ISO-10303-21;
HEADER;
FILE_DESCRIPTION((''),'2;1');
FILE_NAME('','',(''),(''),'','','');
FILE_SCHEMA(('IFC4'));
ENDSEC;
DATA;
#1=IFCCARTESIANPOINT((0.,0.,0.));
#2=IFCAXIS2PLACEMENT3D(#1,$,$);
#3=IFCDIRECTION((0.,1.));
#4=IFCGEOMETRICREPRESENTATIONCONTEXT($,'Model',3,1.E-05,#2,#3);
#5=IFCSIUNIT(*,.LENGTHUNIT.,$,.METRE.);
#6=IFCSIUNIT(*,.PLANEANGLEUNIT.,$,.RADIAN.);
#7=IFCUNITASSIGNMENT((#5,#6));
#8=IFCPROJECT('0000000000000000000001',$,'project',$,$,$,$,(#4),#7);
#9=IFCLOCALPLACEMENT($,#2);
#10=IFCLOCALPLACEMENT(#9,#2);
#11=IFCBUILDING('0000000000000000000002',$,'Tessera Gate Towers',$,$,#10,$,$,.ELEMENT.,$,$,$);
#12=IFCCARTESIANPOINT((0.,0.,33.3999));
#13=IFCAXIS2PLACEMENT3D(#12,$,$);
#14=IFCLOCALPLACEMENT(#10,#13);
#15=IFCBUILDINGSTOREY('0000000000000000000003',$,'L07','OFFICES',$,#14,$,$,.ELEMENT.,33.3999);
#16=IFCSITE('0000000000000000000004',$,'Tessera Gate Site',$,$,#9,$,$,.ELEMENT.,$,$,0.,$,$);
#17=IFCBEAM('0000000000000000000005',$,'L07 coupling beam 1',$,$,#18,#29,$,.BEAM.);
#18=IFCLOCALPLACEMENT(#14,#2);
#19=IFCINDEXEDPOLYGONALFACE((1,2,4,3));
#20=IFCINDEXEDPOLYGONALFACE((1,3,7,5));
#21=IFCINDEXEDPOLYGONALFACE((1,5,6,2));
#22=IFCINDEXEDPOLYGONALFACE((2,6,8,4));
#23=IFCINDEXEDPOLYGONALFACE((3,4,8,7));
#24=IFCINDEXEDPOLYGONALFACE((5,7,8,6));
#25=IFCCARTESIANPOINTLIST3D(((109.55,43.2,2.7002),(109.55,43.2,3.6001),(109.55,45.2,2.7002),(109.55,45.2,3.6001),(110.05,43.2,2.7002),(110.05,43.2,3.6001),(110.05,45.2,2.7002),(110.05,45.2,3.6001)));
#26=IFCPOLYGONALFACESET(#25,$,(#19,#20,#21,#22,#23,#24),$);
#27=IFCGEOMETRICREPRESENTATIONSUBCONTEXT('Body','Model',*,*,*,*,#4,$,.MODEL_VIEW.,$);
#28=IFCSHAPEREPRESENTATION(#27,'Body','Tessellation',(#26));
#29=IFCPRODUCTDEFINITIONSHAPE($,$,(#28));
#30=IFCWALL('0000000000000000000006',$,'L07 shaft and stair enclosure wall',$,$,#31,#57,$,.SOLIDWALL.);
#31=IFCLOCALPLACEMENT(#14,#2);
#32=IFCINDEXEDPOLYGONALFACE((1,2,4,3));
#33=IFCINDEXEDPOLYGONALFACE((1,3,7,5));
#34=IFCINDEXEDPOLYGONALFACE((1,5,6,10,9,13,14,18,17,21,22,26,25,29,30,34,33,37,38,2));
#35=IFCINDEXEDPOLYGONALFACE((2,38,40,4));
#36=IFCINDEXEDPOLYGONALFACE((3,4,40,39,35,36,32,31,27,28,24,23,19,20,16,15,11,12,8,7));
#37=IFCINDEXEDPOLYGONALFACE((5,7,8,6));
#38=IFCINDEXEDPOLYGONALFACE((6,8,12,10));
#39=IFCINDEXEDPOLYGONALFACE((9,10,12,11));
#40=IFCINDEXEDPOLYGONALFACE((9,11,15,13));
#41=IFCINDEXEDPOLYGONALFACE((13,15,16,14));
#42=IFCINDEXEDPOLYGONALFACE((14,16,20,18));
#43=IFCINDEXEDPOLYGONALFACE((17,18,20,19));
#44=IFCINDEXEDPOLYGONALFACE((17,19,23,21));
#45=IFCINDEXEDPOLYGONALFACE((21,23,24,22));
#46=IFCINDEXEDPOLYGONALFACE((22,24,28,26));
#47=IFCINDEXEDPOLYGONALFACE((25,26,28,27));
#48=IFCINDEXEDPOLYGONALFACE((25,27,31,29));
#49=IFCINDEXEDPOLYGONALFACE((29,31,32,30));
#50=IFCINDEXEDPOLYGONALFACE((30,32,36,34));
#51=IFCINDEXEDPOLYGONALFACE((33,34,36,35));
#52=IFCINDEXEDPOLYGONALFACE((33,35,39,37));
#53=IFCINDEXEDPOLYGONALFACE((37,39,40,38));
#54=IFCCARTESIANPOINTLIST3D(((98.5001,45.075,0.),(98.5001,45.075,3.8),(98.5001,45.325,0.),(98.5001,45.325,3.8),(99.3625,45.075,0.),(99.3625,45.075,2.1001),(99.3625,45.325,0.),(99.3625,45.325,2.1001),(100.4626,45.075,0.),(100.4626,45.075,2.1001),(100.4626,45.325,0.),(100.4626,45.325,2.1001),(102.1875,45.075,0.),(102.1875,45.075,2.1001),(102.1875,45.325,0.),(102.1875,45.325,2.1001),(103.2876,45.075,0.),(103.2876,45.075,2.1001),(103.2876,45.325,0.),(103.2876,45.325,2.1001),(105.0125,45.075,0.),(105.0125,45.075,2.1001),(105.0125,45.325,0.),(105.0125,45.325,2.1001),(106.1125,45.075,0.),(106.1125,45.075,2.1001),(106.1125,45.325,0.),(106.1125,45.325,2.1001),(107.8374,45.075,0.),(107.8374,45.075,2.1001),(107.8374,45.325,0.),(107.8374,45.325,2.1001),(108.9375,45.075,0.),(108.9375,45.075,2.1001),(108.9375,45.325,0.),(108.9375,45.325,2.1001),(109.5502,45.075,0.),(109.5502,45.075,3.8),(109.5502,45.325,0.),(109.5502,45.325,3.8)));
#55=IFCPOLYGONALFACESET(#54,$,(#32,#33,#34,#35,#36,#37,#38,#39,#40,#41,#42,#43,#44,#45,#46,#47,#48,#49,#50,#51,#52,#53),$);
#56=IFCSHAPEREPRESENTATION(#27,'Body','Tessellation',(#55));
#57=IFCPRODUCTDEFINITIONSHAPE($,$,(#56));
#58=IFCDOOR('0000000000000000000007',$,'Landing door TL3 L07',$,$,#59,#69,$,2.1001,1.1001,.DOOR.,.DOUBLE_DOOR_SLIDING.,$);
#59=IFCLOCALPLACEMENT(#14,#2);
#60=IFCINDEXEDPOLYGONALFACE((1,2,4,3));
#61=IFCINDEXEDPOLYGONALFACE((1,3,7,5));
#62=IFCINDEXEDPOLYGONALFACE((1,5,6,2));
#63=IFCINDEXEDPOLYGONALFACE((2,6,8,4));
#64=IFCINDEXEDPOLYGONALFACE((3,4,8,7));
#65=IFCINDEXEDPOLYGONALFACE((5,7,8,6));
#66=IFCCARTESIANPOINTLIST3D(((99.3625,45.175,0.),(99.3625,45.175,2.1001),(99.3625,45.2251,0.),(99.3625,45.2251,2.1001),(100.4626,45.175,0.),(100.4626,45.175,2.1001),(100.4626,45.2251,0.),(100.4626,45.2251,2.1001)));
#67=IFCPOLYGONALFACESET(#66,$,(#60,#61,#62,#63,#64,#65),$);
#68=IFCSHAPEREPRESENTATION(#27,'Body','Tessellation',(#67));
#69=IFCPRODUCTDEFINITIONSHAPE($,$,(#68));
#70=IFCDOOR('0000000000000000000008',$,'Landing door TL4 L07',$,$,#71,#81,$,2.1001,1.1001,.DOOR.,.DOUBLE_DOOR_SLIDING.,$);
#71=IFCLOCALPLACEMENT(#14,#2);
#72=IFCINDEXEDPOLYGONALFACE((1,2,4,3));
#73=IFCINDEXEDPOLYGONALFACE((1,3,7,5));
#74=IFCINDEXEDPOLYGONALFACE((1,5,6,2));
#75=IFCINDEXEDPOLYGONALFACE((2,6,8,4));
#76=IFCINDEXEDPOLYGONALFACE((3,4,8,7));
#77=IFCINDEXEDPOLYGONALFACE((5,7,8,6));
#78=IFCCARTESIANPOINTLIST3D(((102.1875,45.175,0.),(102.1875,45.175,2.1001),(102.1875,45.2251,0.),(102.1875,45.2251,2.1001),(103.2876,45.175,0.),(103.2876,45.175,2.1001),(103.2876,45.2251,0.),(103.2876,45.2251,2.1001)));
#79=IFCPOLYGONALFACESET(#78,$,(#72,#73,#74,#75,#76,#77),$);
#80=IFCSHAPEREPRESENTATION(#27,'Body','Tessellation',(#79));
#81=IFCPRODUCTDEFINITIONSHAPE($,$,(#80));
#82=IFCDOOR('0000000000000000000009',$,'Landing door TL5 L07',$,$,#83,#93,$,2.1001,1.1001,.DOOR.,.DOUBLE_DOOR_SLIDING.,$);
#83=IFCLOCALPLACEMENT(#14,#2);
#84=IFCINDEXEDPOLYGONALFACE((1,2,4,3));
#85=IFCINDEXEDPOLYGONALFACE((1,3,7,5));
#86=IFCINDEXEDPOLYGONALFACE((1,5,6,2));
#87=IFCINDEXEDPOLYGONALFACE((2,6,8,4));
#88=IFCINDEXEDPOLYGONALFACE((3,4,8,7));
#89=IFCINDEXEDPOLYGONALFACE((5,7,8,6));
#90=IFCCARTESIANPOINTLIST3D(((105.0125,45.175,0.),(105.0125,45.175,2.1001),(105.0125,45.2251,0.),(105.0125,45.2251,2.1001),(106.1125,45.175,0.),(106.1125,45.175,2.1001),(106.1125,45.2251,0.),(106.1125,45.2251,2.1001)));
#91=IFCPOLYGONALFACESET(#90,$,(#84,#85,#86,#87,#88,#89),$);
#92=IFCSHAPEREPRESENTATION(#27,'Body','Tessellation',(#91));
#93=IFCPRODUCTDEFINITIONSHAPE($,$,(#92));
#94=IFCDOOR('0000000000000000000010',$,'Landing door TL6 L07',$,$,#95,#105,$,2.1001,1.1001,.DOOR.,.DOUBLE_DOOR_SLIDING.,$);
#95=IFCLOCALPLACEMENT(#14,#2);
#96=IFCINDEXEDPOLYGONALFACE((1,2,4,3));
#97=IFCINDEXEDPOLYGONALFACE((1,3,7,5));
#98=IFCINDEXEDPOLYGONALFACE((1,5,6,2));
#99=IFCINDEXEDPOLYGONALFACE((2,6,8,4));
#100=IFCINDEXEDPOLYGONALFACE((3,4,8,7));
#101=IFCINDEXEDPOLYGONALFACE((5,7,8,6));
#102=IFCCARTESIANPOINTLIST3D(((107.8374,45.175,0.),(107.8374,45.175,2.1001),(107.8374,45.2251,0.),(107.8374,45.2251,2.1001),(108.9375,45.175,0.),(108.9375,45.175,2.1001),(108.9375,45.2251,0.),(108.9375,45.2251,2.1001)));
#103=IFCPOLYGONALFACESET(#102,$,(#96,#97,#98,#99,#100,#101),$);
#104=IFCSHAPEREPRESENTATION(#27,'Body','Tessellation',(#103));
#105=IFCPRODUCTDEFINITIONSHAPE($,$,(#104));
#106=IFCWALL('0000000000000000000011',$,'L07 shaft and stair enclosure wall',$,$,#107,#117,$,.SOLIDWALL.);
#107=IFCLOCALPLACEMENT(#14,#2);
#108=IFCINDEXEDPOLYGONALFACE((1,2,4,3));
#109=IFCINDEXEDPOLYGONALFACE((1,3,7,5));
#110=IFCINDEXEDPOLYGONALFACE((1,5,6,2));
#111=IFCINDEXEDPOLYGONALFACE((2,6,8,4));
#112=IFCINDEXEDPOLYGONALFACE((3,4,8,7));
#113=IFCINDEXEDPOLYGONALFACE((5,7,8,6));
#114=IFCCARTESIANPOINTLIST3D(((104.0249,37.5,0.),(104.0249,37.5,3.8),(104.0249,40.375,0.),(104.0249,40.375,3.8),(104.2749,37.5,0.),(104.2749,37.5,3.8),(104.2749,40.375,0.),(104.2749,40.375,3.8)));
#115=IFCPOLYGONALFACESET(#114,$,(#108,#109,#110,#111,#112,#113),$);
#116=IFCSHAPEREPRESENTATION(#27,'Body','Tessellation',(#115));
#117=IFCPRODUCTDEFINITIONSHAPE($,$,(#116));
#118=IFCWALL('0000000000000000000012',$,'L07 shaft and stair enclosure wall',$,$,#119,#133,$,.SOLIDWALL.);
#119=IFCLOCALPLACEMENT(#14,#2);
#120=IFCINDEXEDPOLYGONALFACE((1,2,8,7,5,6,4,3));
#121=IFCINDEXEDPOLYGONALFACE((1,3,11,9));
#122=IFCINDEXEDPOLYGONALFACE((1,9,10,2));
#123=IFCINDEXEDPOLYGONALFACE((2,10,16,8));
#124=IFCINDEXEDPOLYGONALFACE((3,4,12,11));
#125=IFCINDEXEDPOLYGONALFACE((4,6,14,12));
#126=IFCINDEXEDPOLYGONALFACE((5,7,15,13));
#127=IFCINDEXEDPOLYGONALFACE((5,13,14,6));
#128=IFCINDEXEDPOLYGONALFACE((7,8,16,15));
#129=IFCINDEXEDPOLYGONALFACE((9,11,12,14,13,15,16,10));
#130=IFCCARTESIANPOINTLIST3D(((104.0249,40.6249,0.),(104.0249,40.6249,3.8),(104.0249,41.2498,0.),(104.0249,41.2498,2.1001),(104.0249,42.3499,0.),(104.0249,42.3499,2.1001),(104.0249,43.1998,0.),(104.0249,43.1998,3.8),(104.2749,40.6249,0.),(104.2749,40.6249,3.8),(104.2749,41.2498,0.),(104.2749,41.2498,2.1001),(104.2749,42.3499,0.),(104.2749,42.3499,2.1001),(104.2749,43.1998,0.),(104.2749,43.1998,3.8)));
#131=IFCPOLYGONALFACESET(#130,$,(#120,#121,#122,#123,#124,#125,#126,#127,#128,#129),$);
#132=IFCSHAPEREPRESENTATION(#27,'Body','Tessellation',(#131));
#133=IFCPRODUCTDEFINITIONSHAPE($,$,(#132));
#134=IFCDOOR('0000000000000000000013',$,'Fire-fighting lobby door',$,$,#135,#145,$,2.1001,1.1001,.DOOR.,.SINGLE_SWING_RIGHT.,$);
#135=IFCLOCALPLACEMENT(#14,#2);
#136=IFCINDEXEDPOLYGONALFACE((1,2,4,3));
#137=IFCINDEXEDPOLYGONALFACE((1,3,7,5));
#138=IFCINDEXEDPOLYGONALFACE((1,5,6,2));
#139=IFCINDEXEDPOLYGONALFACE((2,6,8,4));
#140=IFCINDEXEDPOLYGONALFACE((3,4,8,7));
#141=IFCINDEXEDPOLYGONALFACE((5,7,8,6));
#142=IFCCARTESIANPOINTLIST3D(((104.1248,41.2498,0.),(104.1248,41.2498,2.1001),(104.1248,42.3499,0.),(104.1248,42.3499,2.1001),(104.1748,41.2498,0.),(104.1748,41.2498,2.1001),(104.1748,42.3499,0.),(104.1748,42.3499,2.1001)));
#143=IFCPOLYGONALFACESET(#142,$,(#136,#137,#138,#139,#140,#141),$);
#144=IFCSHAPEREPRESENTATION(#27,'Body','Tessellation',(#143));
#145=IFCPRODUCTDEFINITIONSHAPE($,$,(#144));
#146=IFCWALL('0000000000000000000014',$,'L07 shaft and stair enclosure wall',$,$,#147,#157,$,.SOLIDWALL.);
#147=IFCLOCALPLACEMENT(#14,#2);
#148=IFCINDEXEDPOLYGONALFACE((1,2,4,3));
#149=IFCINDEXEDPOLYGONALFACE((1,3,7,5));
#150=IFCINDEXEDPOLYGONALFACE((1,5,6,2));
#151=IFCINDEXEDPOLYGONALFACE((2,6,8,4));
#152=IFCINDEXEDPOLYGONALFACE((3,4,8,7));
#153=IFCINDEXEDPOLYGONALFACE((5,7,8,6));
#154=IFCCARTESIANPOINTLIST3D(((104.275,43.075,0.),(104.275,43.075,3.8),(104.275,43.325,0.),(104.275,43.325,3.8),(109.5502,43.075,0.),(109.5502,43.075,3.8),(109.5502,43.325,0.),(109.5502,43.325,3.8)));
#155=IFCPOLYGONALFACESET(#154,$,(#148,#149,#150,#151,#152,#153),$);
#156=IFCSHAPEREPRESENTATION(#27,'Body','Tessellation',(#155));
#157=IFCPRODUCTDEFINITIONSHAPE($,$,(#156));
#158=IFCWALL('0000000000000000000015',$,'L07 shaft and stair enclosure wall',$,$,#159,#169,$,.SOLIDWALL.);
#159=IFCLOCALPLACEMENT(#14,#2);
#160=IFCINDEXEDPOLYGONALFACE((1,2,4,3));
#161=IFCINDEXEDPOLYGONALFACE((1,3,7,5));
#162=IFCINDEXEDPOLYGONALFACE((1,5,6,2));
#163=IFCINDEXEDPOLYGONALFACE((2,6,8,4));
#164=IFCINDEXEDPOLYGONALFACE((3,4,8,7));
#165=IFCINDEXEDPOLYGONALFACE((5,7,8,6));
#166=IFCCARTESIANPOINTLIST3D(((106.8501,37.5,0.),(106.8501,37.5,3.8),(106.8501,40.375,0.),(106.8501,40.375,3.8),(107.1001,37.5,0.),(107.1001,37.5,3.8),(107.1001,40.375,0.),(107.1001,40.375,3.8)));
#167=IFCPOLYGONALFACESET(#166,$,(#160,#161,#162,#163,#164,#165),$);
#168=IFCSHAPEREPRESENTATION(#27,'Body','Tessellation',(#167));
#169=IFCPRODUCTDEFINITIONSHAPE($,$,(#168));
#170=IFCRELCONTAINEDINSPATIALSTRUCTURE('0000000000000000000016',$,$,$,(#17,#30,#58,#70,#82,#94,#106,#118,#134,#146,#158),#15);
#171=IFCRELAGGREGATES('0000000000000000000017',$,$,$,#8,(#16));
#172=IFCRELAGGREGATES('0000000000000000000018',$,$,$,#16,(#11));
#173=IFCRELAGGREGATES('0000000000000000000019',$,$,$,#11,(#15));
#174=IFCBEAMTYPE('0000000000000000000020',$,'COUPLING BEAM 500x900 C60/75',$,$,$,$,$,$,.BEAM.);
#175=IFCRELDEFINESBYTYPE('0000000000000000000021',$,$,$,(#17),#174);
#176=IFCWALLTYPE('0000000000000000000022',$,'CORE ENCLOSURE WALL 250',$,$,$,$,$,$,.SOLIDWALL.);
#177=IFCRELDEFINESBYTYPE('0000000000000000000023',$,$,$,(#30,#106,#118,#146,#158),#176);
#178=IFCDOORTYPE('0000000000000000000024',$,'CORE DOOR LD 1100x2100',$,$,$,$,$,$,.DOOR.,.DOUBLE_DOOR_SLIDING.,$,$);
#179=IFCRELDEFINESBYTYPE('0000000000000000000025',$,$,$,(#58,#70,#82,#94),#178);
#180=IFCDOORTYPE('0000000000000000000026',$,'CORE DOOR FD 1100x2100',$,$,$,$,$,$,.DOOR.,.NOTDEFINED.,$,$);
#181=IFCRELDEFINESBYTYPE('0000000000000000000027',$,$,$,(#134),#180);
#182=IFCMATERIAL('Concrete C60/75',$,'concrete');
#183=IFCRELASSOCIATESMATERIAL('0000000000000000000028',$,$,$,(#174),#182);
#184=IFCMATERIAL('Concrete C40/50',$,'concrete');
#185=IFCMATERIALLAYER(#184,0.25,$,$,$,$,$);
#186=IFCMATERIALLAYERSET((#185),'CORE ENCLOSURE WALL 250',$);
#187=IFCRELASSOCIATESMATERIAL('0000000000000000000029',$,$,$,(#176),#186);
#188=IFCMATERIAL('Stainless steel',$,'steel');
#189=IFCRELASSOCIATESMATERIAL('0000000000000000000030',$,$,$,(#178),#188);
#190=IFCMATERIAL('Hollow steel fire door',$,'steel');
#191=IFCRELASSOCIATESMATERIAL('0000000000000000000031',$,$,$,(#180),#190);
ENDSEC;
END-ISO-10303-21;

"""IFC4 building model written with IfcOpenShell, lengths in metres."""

from ifc_helpers import new_model, si_unit, direction, frame, frame_2d, origin, origin_2d, place, context, subcontext, project, spatial, rectangle, extrude, source, transform, mapped, material, layer, layer_set, material_profile, profile_set, type_object, element, fill, save


model = new_model("IFC4")

# Units and contexts
model_context = context("Model", 3, precision=1e-05, world=origin(), true_north=direction((0.0, 1.0)))
body_context = subcontext(model_context, "Body", "Model", "MODEL_VIEW")
ifc_project = project(units=[si_unit("LENGTHUNIT", "METRE"), si_unit("PLANEANGLEUNIT", "RADIAN")], contexts=[model_context])

# Site, building, storey
site_placement = place(None, origin())
site = spatial("IfcSite", under=ifc_project, at=site_placement, Name="Tessera Gate Site", CompositionType="ELEMENT", RefElevation=0.0)
building_placement = place(site_placement, origin())
building = spatial("IfcBuilding", under=site, at=building_placement, Name="Tessera Gate Towers", CompositionType="ELEMENT")
storey_placement = place(building_placement, frame((0.0, 0.0, 33.3999)))
storey = spatial("IfcBuildingStorey", under=building, at=storey_placement, Name="L07", Description="OFFICES", CompositionType="ELEMENT", Elevation=33.3999)

# Beam
ifc_material_1 = material(Name="Concrete C60/75", Category="concrete")
ifc_material_profile = material_profile(ifc_material_1, rectangle(XDim=0.5, YDim=0.8999, at=origin_2d()), Name="RC 500x900")
ifc_profile_set = profile_set([ifc_material_profile], Name="Concrete C60/75")
beam_type = type_object("IfcBeamType", Name="COUPLING BEAM 500x900 C60/75", PredefinedType="BEAM", material=ifc_profile_set)
beam_placement = place(storey_placement, frame((109.8, 43.2, 3.1501), z_axis=(0.0, 1.0, 0.0), x_axis=(-1.0, 0.0, 0.0)))
element("IfcBeam", 1, at=beam_placement, inside=storey, type_object=beam_type, Name="L07 coupling beam 1", PredefinedType="BEAM", context=body_context, shape_type="SweptSolid", body=[
    extrude(rectangle(XDim=0.5, YDim=0.8999, at=origin_2d()), origin(), (0.0, 0.0, 1.0), 2.0),
])

# Wall, openings, doors
ifc_material_2 = material(Name="Concrete C40/50", Category="concrete")
ifc_layer_1 = layer(ifc_material_2, 0.25)
ifc_layer_set_1 = layer_set([ifc_layer_1], Name="CORE ENCLOSURE WALL 250")
wall_type_1 = type_object("IfcWallType", Name="CORE ENCLOSURE WALL 250", PredefinedType="SOLIDWALL", material=ifc_layer_set_1)
wall_1_placement = place(storey_placement, frame((109.55, 45.2, 0.0), z_axis=(0.0, 0.0, 1.0), x_axis=(-1.0, 0.0, 0.0)))
wall_1 = element("IfcWall", 2, at=wall_1_placement, inside=storey, type_object=wall_type_1, Name="L07 shaft and stair enclosure wall", PredefinedType="SOLIDWALL", context=body_context, shape_type="SweptSolid", body=[
    extrude(rectangle(XDim=11.05, YDim=0.25, at=frame_2d((5.5249, 0.0))), origin(), (0.0, 0.0, 1.0), 3.8),
])
shared_shape_1 = source(origin(), body_context, "Body", "SweptSolid", [
    extrude(rectangle(XDim=1.1001, YDim=2.1001, at=frame_2d((0.55, 1.05))), frame((0.0, 0.135, 0.0), z_axis=(0.0, -1.0, 0.0), x_axis=(1.0, 0.0, 0.0)), (0.0, 0.0, 1.0), 0.27),
])
opening_1_placement = place(wall_1_placement, frame((9.0874, 0.0, 0.0)))
opening_1 = element("IfcOpeningElement", 3, at=opening_1_placement, cuts=wall_1, PredefinedType="OPENING", context=body_context, shape_type="MappedRepresentation", body=[
    mapped(shared_shape_1, transform((0.0, 0.0, 0.0), scale=1.0)),
])
opening_2_placement = place(wall_1_placement, frame((6.2625, 0.0, 0.0)))
opening_2 = element("IfcOpeningElement", 4, at=opening_2_placement, cuts=wall_1, PredefinedType="OPENING", context=body_context, shape_type="MappedRepresentation", body=[
    mapped(shared_shape_1, transform((0.0, 0.0, 0.0), scale=1.0)),
])
opening_3_placement = place(wall_1_placement, frame((3.4375, 0.0, 0.0)))
opening_3 = element("IfcOpeningElement", 5, at=opening_3_placement, cuts=wall_1, PredefinedType="OPENING", context=body_context, shape_type="MappedRepresentation", body=[
    mapped(shared_shape_1, transform((0.0, 0.0, 0.0), scale=1.0)),
])
opening_4_placement = place(wall_1_placement, frame((0.6125, 0.0, 0.0)))
opening_4 = element("IfcOpeningElement", 6, at=opening_4_placement, cuts=wall_1, PredefinedType="OPENING", context=body_context, shape_type="MappedRepresentation", body=[
    mapped(shared_shape_1, transform((0.0, 0.0, 0.0), scale=1.0)),
])
ifc_material_3 = material(Name="Stainless steel", Category="steel")
door_type_1 = type_object("IfcDoorType", Name="CORE DOOR LD 1100x2100", OperationType="DOUBLE_DOOR_SLIDING", PredefinedType="DOOR", material=ifc_material_3)
shared_shape_2 = source(origin(), body_context, "Body", "SweptSolid", [
    extrude(rectangle(XDim=1.1001, YDim=2.1001, at=frame_2d((0.55, 1.05))), frame((0.0, 0.0249, 0.0), z_axis=(0.0, -1.0, 0.0), x_axis=(1.0, 0.0, 0.0)), (0.0, 0.0, 1.0), 0.05),
])
door_1_placement = place(opening_1_placement, origin())
door_1 = element("IfcDoor", 7, at=door_1_placement, inside=storey, type_object=door_type_1, Name="Landing door TL3 L07", OperationType="DOUBLE_DOOR_SLIDING", OverallHeight=2.1001, OverallWidth=1.1001, PredefinedType="DOOR", context=body_context, shape_type="MappedRepresentation", body=[
    mapped(shared_shape_2, transform((0.0, 0.0, 0.0), scale=1.0)),
])
fill(opening_1, door_1)
door_2_placement = place(opening_2_placement, origin())
door_2 = element("IfcDoor", 8, at=door_2_placement, inside=storey, type_object=door_type_1, Name="Landing door TL4 L07", OperationType="DOUBLE_DOOR_SLIDING", OverallHeight=2.1001, OverallWidth=1.1001, PredefinedType="DOOR", context=body_context, shape_type="MappedRepresentation", body=[
    mapped(shared_shape_2, transform((0.0, 0.0, 0.0), scale=1.0)),
])
fill(opening_2, door_2)
door_3_placement = place(opening_3_placement, origin())
door_3 = element("IfcDoor", 9, at=door_3_placement, inside=storey, type_object=door_type_1, Name="Landing door TL5 L07", OperationType="DOUBLE_DOOR_SLIDING", OverallHeight=2.1001, OverallWidth=1.1001, PredefinedType="DOOR", context=body_context, shape_type="MappedRepresentation", body=[
    mapped(shared_shape_2, transform((0.0, 0.0, 0.0), scale=1.0)),
])
fill(opening_3, door_3)
door_4_placement = place(opening_4_placement, origin())
door_4 = element("IfcDoor", 10, at=door_4_placement, inside=storey, type_object=door_type_1, Name="Landing door TL6 L07", OperationType="DOUBLE_DOOR_SLIDING", OverallHeight=2.1001, OverallWidth=1.1001, PredefinedType="DOOR", context=body_context, shape_type="MappedRepresentation", body=[
    mapped(shared_shape_2, transform((0.0, 0.0, 0.0), scale=1.0)),
])
fill(opening_4, door_4)

# Wall
wall_2_placement = place(storey_placement, frame((104.1499, 37.5, 0.0), z_axis=(0.0, 0.0, 1.0), x_axis=(0.0, 1.0, 0.0)))
element("IfcWall", 11, at=wall_2_placement, inside=storey, type_object=wall_type_1, Name="L07 shaft and stair enclosure wall", PredefinedType="SOLIDWALL", context=body_context, shape_type="SweptSolid", body=[
    extrude(rectangle(XDim=2.875, YDim=0.25, at=frame_2d((1.4375, 0.0))), origin(), (0.0, 0.0, 1.0), 3.8),
])

# Wall, opening, door
wall_3_placement = place(storey_placement, frame((104.1499, 43.2, 0.0), z_axis=(0.0, 0.0, 1.0), x_axis=(0.0, -1.0, 0.0)))
wall_3 = element("IfcWall", 12, at=wall_3_placement, inside=storey, type_object=wall_type_1, Name="L07 shaft and stair enclosure wall", PredefinedType="SOLIDWALL", context=body_context, shape_type="SweptSolid", body=[
    extrude(rectangle(XDim=2.575, YDim=0.25, at=frame_2d((1.2876, 0.0))), origin(), (0.0, 0.0, 1.0), 3.8),
])
opening_5_placement = place(wall_3_placement, frame((0.8501, 0.0, 0.0)))
opening_5 = element("IfcOpeningElement", 13, at=opening_5_placement, cuts=wall_3, PredefinedType="OPENING", context=body_context, shape_type="MappedRepresentation", body=[
    mapped(shared_shape_1, transform((0.0, 0.0, 0.0), scale=1.0)),
])
ifc_material_4 = material(Name="Hollow steel fire door", Category="steel")
door_type_2 = type_object("IfcDoorType", Name="CORE DOOR FD 1100x2100", OperationType="NOTDEFINED", PredefinedType="DOOR", material=ifc_material_4)
door_5_placement = place(opening_5_placement, origin())
door_5 = element("IfcDoor", 14, at=door_5_placement, inside=storey, type_object=door_type_2, Name="Fire-fighting lobby door", OperationType="SINGLE_SWING_RIGHT", OverallHeight=2.1001, OverallWidth=1.1001, PredefinedType="DOOR", context=body_context, shape_type="MappedRepresentation", body=[
    mapped(shared_shape_2, transform((0.0, 0.0, 0.0), scale=1.0)),
])
fill(opening_5, door_5)

# Walls
wall_4_placement = place(storey_placement, frame((104.2749, 43.2, 0.0), z_axis=(0.0, 0.0, 1.0), x_axis=(1.0, 0.0, 0.0)))
element("IfcWall", 15, at=wall_4_placement, inside=storey, type_object=wall_type_1, Name="L07 shaft and stair enclosure wall", PredefinedType="SOLIDWALL", context=body_context, shape_type="SweptSolid", body=[
    extrude(rectangle(XDim=5.2751, YDim=0.25, at=frame_2d((2.6377, 0.0))), origin(), (0.0, 0.0, 1.0), 3.8),
])
wall_5_placement = place(storey_placement, frame((106.9751, 37.5, 0.0), z_axis=(0.0, 0.0, 1.0), x_axis=(0.0, 1.0, 0.0)))
element("IfcWall", 16, at=wall_5_placement, inside=storey, type_object=wall_type_1, Name="L07 shaft and stair enclosure wall", PredefinedType="SOLIDWALL", context=body_context, shape_type="SweptSolid", body=[
    extrude(rectangle(XDim=2.875, YDim=0.25, at=frame_2d((1.4375, 0.0))), origin(), (0.0, 0.0, 1.0), 3.8),
])

save(model, "model.ifc")
